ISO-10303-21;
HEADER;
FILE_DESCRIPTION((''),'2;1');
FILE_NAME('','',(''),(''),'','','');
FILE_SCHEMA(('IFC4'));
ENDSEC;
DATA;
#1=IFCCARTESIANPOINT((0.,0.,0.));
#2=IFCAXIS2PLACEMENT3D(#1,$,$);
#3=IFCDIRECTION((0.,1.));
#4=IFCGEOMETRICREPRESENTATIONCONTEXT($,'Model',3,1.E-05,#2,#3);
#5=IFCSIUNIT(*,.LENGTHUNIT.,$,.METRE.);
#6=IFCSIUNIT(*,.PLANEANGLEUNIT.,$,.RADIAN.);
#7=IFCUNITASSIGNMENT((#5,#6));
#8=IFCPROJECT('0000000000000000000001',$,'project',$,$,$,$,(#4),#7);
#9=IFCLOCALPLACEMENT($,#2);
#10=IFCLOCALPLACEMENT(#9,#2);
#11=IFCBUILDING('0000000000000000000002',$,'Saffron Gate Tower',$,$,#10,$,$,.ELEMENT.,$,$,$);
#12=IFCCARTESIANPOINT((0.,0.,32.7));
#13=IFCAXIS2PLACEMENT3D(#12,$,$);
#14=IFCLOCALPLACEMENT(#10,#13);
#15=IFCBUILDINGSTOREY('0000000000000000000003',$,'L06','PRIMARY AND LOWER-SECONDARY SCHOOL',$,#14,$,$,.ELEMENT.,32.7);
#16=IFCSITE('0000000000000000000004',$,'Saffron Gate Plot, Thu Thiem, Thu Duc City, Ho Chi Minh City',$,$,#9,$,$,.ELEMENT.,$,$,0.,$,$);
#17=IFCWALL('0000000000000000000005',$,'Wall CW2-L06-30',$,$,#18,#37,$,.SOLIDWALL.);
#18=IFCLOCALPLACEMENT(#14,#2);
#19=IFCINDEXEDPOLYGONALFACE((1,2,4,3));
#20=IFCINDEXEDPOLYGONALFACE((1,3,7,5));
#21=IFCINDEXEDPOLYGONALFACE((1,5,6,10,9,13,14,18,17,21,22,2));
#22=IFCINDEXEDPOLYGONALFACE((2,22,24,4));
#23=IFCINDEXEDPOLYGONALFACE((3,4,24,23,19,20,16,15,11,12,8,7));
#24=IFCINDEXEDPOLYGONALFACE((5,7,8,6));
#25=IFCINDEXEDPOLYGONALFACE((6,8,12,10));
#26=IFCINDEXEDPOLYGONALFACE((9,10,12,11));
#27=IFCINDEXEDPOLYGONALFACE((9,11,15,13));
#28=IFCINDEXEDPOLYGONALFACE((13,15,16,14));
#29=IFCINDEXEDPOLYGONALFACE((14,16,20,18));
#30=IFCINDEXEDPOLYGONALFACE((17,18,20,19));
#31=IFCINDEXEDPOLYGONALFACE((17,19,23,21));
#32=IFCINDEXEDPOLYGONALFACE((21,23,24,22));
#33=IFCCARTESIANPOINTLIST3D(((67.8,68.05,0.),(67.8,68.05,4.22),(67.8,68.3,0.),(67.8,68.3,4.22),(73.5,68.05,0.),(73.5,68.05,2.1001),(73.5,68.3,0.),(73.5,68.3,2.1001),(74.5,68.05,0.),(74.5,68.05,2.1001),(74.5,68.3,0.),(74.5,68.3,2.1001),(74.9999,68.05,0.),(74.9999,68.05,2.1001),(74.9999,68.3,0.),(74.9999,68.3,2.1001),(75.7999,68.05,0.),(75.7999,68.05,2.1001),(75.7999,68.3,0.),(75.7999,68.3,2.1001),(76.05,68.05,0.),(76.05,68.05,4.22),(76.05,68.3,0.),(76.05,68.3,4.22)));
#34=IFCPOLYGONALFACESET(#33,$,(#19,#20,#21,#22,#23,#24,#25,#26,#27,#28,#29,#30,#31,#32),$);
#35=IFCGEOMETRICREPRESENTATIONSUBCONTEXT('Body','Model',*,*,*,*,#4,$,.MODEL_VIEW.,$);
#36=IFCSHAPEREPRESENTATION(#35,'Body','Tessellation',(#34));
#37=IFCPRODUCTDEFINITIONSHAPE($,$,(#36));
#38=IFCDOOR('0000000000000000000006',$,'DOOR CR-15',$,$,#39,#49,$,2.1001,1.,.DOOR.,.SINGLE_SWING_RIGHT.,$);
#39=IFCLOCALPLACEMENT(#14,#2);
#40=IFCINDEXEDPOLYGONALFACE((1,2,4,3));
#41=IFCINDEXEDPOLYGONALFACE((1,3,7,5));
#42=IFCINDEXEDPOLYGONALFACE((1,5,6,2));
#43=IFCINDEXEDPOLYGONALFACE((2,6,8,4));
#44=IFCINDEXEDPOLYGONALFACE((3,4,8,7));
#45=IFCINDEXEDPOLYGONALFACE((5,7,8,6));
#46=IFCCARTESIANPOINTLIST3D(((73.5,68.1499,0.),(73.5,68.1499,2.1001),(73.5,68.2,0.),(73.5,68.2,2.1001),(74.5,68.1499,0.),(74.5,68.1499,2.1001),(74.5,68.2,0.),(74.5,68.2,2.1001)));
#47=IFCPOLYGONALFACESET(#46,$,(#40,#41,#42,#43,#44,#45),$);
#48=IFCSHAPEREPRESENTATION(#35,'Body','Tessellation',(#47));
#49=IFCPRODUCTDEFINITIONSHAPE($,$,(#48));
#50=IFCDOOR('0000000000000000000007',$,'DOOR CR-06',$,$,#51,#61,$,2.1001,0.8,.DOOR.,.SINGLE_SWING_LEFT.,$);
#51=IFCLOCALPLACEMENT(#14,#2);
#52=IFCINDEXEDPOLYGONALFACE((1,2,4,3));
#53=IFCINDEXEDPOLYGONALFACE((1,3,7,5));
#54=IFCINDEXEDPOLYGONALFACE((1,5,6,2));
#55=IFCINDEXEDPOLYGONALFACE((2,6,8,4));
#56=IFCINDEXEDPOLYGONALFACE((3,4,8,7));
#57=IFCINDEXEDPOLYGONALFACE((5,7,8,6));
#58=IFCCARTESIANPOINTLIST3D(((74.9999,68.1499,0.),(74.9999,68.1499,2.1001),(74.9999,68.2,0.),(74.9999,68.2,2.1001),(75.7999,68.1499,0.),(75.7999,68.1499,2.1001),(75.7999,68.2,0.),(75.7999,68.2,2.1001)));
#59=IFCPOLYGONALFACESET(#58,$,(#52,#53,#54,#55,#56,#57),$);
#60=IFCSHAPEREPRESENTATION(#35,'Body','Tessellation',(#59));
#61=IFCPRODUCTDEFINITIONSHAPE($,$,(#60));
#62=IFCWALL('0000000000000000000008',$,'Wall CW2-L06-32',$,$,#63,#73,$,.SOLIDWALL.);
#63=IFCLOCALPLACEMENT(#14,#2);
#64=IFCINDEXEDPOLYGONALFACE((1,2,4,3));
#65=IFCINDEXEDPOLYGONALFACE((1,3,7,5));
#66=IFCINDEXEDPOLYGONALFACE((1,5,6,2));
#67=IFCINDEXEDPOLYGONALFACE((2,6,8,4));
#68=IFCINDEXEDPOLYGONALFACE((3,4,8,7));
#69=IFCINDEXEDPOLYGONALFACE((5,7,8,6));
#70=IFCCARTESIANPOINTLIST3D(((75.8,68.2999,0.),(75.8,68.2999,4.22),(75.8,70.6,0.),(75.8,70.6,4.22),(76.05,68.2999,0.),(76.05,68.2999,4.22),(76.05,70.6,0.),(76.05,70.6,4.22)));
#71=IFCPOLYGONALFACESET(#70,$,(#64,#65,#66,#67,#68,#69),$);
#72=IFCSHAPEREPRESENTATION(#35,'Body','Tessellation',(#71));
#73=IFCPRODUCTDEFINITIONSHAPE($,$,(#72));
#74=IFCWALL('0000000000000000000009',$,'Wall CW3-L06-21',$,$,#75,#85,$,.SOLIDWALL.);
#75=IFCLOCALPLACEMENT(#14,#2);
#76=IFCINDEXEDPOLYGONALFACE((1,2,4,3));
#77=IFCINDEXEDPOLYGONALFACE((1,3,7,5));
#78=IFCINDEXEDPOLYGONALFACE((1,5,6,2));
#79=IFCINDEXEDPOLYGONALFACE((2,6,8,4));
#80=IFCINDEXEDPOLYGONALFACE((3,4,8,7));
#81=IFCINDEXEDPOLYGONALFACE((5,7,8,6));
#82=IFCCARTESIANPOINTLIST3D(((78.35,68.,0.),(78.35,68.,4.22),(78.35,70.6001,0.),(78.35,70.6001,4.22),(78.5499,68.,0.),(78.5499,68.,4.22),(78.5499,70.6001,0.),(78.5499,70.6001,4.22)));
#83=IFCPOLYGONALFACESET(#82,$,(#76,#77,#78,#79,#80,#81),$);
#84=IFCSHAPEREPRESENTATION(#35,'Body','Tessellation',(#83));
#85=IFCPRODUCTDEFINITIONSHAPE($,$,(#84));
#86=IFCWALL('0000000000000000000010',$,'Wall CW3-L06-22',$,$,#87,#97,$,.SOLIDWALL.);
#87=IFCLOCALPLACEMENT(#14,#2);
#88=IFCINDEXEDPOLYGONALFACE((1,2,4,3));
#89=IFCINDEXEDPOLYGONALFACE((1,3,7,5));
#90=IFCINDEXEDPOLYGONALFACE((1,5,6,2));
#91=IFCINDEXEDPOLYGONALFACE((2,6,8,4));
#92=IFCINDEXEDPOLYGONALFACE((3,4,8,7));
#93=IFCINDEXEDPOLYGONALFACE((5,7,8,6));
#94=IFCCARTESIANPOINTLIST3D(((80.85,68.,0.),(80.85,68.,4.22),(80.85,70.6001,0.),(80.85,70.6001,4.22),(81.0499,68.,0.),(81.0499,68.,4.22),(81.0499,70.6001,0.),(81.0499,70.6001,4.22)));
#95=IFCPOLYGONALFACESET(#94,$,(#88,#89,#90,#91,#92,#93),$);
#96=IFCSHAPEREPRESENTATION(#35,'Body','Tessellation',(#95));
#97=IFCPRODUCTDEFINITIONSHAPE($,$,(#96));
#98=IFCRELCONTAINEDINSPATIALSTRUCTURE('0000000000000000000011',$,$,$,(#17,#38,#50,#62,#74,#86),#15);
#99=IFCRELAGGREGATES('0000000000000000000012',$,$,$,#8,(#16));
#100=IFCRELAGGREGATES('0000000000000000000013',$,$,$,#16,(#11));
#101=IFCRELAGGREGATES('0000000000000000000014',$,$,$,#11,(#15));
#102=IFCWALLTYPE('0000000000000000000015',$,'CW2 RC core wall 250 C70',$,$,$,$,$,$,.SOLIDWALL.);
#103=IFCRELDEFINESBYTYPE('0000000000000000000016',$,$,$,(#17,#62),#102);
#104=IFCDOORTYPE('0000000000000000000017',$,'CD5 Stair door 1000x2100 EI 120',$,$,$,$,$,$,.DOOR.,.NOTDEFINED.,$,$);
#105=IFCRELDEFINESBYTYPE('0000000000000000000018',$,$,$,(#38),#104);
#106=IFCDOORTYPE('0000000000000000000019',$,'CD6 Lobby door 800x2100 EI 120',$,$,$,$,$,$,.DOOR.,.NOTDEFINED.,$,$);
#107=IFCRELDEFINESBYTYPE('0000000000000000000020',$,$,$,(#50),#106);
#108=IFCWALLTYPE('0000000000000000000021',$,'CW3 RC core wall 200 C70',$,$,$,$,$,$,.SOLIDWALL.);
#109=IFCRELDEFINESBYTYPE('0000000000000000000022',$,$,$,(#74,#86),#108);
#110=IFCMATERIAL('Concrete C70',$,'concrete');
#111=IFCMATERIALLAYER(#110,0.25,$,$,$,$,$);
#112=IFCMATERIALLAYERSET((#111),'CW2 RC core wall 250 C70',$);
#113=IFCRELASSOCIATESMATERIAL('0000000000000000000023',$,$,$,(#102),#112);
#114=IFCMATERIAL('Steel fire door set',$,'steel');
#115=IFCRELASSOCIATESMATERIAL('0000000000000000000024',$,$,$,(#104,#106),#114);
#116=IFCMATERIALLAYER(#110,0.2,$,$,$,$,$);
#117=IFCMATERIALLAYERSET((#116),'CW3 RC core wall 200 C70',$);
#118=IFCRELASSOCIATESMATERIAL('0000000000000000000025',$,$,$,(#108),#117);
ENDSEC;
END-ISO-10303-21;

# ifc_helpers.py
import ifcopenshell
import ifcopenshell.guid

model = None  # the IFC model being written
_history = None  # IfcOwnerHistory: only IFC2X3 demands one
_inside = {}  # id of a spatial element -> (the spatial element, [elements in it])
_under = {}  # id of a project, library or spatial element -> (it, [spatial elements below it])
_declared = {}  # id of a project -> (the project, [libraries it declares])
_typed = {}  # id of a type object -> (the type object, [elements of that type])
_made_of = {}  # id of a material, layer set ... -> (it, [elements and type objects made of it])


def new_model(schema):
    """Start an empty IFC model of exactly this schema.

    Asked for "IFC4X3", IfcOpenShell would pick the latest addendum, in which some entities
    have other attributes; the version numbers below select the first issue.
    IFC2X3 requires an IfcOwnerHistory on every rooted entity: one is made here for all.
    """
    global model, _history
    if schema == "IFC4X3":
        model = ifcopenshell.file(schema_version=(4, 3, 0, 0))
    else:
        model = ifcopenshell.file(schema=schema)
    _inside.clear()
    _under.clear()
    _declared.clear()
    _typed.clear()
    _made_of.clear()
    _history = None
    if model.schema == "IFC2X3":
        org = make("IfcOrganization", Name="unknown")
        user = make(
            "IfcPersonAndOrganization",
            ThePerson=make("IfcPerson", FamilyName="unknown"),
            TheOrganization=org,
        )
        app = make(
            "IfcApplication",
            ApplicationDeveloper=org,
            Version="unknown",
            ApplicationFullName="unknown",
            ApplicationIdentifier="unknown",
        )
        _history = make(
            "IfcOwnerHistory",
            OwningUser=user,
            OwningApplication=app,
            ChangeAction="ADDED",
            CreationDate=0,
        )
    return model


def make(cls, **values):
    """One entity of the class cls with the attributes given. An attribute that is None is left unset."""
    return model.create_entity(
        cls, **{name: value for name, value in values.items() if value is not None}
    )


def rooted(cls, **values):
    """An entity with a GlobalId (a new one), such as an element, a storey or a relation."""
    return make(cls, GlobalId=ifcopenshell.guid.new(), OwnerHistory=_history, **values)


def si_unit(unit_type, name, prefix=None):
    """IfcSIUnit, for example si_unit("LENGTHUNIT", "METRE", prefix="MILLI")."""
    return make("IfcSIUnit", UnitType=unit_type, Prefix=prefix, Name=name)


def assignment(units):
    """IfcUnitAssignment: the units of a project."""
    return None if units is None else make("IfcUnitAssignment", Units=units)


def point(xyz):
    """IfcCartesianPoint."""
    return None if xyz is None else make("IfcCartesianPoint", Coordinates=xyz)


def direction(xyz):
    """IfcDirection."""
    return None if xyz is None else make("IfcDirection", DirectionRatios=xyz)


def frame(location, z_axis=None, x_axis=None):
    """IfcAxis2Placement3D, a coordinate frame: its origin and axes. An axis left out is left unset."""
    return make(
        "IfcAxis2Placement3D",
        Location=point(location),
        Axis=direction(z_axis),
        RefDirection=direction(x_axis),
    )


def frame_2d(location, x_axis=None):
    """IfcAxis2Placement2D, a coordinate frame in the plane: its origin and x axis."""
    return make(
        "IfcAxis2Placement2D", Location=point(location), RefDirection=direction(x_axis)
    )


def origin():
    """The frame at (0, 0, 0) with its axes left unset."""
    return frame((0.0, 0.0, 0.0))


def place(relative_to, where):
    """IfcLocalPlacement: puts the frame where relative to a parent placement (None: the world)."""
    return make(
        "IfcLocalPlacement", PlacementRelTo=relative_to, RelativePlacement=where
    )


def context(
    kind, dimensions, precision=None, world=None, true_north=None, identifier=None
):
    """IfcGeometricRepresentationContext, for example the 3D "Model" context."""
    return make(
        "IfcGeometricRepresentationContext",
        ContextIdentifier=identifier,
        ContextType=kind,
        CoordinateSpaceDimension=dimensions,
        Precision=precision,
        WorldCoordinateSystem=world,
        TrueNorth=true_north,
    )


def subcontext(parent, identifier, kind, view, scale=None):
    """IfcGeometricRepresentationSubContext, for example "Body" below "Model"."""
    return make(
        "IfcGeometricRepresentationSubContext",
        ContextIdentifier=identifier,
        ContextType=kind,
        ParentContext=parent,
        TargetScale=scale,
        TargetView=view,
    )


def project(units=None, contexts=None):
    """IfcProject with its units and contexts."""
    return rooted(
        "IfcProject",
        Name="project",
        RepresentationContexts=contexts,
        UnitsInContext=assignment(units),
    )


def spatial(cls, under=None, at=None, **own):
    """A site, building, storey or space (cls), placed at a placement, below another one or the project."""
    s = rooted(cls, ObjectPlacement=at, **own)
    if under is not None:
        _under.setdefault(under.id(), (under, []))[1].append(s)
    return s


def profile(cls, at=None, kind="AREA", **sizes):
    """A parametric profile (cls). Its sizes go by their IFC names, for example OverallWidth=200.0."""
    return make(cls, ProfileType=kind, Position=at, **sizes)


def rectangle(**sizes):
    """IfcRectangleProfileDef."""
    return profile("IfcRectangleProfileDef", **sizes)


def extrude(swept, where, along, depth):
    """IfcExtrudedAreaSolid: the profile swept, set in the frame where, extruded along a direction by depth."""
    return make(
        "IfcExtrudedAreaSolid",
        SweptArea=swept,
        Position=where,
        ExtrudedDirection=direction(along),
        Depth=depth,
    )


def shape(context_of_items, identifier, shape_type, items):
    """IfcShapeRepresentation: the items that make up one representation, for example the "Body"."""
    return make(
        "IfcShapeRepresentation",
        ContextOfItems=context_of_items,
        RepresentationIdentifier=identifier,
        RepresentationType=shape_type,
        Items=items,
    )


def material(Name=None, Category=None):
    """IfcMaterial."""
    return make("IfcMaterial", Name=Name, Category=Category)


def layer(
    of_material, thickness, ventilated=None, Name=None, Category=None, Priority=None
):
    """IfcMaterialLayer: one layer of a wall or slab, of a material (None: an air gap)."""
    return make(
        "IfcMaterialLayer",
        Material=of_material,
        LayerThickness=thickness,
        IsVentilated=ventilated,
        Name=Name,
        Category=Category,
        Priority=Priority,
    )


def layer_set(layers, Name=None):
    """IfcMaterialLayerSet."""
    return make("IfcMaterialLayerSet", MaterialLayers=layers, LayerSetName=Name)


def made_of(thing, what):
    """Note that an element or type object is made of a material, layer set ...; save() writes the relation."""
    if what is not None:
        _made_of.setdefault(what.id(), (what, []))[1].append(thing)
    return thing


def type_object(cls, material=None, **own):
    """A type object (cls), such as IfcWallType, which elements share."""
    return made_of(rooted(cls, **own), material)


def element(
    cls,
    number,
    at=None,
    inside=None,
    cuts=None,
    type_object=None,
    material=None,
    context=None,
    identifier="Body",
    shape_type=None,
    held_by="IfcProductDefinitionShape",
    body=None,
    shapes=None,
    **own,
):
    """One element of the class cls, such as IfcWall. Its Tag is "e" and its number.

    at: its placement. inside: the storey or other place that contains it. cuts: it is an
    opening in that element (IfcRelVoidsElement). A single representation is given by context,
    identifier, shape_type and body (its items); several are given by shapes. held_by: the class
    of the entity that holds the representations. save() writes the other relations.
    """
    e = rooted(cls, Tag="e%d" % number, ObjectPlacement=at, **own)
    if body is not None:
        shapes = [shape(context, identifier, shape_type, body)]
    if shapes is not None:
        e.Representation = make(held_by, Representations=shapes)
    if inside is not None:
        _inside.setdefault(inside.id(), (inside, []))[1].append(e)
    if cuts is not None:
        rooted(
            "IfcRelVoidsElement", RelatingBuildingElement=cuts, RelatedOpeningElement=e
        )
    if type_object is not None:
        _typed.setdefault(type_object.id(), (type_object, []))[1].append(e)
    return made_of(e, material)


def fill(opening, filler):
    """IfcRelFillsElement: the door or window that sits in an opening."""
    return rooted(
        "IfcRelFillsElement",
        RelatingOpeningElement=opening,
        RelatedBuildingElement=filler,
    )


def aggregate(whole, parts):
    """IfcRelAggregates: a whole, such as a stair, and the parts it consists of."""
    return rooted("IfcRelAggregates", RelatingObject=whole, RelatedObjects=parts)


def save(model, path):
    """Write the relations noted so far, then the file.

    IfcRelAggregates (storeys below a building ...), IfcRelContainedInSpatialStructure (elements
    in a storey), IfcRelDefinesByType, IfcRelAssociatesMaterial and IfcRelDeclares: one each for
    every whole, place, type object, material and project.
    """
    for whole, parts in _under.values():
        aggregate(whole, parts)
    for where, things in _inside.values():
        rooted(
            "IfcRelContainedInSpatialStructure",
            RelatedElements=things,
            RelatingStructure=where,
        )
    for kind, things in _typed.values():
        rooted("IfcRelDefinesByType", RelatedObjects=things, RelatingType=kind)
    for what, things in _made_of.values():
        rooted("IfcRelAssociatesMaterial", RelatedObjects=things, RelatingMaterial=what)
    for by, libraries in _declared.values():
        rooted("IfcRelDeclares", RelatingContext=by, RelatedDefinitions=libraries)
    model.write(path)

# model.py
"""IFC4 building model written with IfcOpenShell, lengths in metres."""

from ifc_helpers import new_model, si_unit, direction, frame, frame_2d, origin, place, context, subcontext, project, spatial, rectangle, extrude, material, layer, layer_set, type_object, element, fill, save


model = new_model("IFC4")

# Units and contexts
model_context = context("Model", 3, precision=1e-05, world=origin(), true_north=direction((0.0, 1.0)))
body_context = subcontext(model_context, "Body", "Model", "MODEL_VIEW")
ifc_project = project(units=[si_unit("LENGTHUNIT", "METRE"), si_unit("PLANEANGLEUNIT", "RADIAN")], contexts=[model_context])

# Site, building, storey
site_placement = place(None, origin())
site = spatial("IfcSite", under=ifc_project, at=site_placement, Name="Saffron Gate Plot, Thu Thiem, Thu Duc City, Ho Chi Minh City", CompositionType="ELEMENT", RefElevation=0.0)
building_placement = place(site_placement, origin())
building = spatial("IfcBuilding", under=site, at=building_placement, Name="Saffron Gate Tower", CompositionType="ELEMENT")
storey_placement = place(building_placement, frame((0.0, 0.0, 32.7)))
storey = spatial("IfcBuildingStorey", under=building, at=storey_placement, Name="L06", Description="PRIMARY AND LOWER-SECONDARY SCHOOL", CompositionType="ELEMENT", Elevation=32.7)

# Wall, openings, doors
ifc_material_1 = material(Name="Concrete C70", Category="concrete")
ifc_layer_1 = layer(ifc_material_1, 0.25)
ifc_layer_set_1 = layer_set([ifc_layer_1], Name="CW2 RC core wall 250 C70")
wall_type_1 = type_object("IfcWallType", Name="CW2 RC core wall 250 C70", PredefinedType="SOLIDWALL", material=ifc_layer_set_1)
wall_1_placement = place(storey_placement, frame((67.8, 68.175, 0.0), z_axis=(0.0, 0.0, 1.0), x_axis=(1.0, 0.0, 0.0)))
wall_1 = element("IfcWall", 1, at=wall_1_placement, inside=storey, type_object=wall_type_1, Name="Wall CW2-L06-30", PredefinedType="SOLIDWALL", context=body_context, shape_type="SweptSolid", body=[
    extrude(rectangle(XDim=8.25, YDim=0.25, at=frame_2d((4.125, 0.0))), origin(), (0.0, 0.0, 1.0), 4.22),
])
opening_1_placement = place(wall_1_placement, frame((5.7, 0.0, 0.0)))
opening_1 = element("IfcOpeningElement", 2, at=opening_1_placement, cuts=wall_1, PredefinedType="OPENING", context=body_context, shape_type="SweptSolid", body=[
    extrude(rectangle(XDim=1.0, YDim=2.1001, at=frame_2d((0.5, 1.05))), frame((0.0, 0.135, 0.0), z_axis=(0.0, -1.0, 0.0), x_axis=(1.0, 0.0, 0.0)), (0.0, 0.0, 1.0), 0.27),
])
opening_2_placement = place(wall_1_placement, frame((7.2, 0.0, 0.0)))
opening_2 = element("IfcOpeningElement", 3, at=opening_2_placement, cuts=wall_1, PredefinedType="OPENING", context=body_context, shape_type="SweptSolid", body=[
    extrude(rectangle(XDim=0.8, YDim=2.1001, at=frame_2d((0.3999, 1.05))), frame((0.0, 0.135, 0.0), z_axis=(0.0, -1.0, 0.0), x_axis=(1.0, 0.0, 0.0)), (0.0, 0.0, 1.0), 0.27),
])
ifc_material_2 = material(Name="Steel fire door set", Category="steel")
door_type_1 = type_object("IfcDoorType", Name="CD5 Stair door 1000x2100 EI 120", OperationType="NOTDEFINED", PredefinedType="DOOR", material=ifc_material_2)
door_1_placement = place(opening_1_placement, origin())
door_1 = element("IfcDoor", 4, at=door_1_placement, inside=storey, type_object=door_type_1, Name="DOOR CR-15", OperationType="SINGLE_SWING_RIGHT", OverallHeight=2.1001, OverallWidth=1.0, PredefinedType="DOOR", context=body_context, shape_type="SweptSolid", body=[
    extrude(rectangle(XDim=1.0, YDim=2.1001, at=frame_2d((0.5, 1.05))), frame((0.0, 0.0249, 0.0), z_axis=(0.0, -1.0, 0.0), x_axis=(1.0, 0.0, 0.0)), (0.0, 0.0, 1.0), 0.05),
])
fill(opening_1, door_1)
door_type_2 = type_object("IfcDoorType", Name="CD6 Lobby door 800x2100 EI 120", OperationType="NOTDEFINED", PredefinedType="DOOR", material=ifc_material_2)
door_2_placement = place(opening_2_placement, origin())
door_2 = element("IfcDoor", 5, at=door_2_placement, inside=storey, type_object=door_type_2, Name="DOOR CR-06", OperationType="SINGLE_SWING_LEFT", OverallHeight=2.1001, OverallWidth=0.8, PredefinedType="DOOR", context=body_context, shape_type="SweptSolid", body=[
    extrude(rectangle(XDim=0.8, YDim=2.1001, at=frame_2d((0.3999, 1.05))), frame((0.0, 0.0249, 0.0), z_axis=(0.0, -1.0, 0.0), x_axis=(1.0, 0.0, 0.0)), (0.0, 0.0, 1.0), 0.05),
])
fill(opening_2, door_2)

# Walls
wall_2_placement = place(storey_placement, frame((75.925, 68.3, 0.0), z_axis=(0.0, 0.0, 1.0), x_axis=(0.0, 1.0, 0.0)))
element("IfcWall", 6, at=wall_2_placement, inside=storey, type_object=wall_type_1, Name="Wall CW2-L06-32", PredefinedType="SOLIDWALL", context=body_context, shape_type="SweptSolid", body=[
    extrude(rectangle(XDim=2.3, YDim=0.25, at=frame_2d((1.1499, 0.0))), origin(), (0.0, 0.0, 1.0), 4.22),
])
ifc_layer_2 = layer(ifc_material_1, 0.2)
ifc_layer_set_2 = layer_set([ifc_layer_2], Name="CW3 RC core wall 200 C70")
wall_type_2 = type_object("IfcWallType", Name="CW3 RC core wall 200 C70", PredefinedType="SOLIDWALL", material=ifc_layer_set_2)
for number, where, z_axis, x_axis, name in (
    (7, (78.45, 68.0, 0.0), (0.0, 0.0, 1.0), (0.0, 1.0, 0.0), "Wall CW3-L06-21"),
    (8, (80.95, 68.0, 0.0), (0.0, 0.0, 1.0), (0.0, 1.0, 0.0), "Wall CW3-L06-22"),
):
    element("IfcWall", number, at=place(storey_placement, frame(where, z_axis=z_axis, x_axis=x_axis)), inside=storey, type_object=wall_type_2, Name=name, PredefinedType="SOLIDWALL", context=body_context, shape_type="SweptSolid", body=[
        extrude(rectangle(XDim=2.6001, YDim=0.2, at=frame_2d((1.3, 0.0))), origin(), (0.0, 0.0, 1.0), 4.22),
    ])

save(model, "model.ifc")
